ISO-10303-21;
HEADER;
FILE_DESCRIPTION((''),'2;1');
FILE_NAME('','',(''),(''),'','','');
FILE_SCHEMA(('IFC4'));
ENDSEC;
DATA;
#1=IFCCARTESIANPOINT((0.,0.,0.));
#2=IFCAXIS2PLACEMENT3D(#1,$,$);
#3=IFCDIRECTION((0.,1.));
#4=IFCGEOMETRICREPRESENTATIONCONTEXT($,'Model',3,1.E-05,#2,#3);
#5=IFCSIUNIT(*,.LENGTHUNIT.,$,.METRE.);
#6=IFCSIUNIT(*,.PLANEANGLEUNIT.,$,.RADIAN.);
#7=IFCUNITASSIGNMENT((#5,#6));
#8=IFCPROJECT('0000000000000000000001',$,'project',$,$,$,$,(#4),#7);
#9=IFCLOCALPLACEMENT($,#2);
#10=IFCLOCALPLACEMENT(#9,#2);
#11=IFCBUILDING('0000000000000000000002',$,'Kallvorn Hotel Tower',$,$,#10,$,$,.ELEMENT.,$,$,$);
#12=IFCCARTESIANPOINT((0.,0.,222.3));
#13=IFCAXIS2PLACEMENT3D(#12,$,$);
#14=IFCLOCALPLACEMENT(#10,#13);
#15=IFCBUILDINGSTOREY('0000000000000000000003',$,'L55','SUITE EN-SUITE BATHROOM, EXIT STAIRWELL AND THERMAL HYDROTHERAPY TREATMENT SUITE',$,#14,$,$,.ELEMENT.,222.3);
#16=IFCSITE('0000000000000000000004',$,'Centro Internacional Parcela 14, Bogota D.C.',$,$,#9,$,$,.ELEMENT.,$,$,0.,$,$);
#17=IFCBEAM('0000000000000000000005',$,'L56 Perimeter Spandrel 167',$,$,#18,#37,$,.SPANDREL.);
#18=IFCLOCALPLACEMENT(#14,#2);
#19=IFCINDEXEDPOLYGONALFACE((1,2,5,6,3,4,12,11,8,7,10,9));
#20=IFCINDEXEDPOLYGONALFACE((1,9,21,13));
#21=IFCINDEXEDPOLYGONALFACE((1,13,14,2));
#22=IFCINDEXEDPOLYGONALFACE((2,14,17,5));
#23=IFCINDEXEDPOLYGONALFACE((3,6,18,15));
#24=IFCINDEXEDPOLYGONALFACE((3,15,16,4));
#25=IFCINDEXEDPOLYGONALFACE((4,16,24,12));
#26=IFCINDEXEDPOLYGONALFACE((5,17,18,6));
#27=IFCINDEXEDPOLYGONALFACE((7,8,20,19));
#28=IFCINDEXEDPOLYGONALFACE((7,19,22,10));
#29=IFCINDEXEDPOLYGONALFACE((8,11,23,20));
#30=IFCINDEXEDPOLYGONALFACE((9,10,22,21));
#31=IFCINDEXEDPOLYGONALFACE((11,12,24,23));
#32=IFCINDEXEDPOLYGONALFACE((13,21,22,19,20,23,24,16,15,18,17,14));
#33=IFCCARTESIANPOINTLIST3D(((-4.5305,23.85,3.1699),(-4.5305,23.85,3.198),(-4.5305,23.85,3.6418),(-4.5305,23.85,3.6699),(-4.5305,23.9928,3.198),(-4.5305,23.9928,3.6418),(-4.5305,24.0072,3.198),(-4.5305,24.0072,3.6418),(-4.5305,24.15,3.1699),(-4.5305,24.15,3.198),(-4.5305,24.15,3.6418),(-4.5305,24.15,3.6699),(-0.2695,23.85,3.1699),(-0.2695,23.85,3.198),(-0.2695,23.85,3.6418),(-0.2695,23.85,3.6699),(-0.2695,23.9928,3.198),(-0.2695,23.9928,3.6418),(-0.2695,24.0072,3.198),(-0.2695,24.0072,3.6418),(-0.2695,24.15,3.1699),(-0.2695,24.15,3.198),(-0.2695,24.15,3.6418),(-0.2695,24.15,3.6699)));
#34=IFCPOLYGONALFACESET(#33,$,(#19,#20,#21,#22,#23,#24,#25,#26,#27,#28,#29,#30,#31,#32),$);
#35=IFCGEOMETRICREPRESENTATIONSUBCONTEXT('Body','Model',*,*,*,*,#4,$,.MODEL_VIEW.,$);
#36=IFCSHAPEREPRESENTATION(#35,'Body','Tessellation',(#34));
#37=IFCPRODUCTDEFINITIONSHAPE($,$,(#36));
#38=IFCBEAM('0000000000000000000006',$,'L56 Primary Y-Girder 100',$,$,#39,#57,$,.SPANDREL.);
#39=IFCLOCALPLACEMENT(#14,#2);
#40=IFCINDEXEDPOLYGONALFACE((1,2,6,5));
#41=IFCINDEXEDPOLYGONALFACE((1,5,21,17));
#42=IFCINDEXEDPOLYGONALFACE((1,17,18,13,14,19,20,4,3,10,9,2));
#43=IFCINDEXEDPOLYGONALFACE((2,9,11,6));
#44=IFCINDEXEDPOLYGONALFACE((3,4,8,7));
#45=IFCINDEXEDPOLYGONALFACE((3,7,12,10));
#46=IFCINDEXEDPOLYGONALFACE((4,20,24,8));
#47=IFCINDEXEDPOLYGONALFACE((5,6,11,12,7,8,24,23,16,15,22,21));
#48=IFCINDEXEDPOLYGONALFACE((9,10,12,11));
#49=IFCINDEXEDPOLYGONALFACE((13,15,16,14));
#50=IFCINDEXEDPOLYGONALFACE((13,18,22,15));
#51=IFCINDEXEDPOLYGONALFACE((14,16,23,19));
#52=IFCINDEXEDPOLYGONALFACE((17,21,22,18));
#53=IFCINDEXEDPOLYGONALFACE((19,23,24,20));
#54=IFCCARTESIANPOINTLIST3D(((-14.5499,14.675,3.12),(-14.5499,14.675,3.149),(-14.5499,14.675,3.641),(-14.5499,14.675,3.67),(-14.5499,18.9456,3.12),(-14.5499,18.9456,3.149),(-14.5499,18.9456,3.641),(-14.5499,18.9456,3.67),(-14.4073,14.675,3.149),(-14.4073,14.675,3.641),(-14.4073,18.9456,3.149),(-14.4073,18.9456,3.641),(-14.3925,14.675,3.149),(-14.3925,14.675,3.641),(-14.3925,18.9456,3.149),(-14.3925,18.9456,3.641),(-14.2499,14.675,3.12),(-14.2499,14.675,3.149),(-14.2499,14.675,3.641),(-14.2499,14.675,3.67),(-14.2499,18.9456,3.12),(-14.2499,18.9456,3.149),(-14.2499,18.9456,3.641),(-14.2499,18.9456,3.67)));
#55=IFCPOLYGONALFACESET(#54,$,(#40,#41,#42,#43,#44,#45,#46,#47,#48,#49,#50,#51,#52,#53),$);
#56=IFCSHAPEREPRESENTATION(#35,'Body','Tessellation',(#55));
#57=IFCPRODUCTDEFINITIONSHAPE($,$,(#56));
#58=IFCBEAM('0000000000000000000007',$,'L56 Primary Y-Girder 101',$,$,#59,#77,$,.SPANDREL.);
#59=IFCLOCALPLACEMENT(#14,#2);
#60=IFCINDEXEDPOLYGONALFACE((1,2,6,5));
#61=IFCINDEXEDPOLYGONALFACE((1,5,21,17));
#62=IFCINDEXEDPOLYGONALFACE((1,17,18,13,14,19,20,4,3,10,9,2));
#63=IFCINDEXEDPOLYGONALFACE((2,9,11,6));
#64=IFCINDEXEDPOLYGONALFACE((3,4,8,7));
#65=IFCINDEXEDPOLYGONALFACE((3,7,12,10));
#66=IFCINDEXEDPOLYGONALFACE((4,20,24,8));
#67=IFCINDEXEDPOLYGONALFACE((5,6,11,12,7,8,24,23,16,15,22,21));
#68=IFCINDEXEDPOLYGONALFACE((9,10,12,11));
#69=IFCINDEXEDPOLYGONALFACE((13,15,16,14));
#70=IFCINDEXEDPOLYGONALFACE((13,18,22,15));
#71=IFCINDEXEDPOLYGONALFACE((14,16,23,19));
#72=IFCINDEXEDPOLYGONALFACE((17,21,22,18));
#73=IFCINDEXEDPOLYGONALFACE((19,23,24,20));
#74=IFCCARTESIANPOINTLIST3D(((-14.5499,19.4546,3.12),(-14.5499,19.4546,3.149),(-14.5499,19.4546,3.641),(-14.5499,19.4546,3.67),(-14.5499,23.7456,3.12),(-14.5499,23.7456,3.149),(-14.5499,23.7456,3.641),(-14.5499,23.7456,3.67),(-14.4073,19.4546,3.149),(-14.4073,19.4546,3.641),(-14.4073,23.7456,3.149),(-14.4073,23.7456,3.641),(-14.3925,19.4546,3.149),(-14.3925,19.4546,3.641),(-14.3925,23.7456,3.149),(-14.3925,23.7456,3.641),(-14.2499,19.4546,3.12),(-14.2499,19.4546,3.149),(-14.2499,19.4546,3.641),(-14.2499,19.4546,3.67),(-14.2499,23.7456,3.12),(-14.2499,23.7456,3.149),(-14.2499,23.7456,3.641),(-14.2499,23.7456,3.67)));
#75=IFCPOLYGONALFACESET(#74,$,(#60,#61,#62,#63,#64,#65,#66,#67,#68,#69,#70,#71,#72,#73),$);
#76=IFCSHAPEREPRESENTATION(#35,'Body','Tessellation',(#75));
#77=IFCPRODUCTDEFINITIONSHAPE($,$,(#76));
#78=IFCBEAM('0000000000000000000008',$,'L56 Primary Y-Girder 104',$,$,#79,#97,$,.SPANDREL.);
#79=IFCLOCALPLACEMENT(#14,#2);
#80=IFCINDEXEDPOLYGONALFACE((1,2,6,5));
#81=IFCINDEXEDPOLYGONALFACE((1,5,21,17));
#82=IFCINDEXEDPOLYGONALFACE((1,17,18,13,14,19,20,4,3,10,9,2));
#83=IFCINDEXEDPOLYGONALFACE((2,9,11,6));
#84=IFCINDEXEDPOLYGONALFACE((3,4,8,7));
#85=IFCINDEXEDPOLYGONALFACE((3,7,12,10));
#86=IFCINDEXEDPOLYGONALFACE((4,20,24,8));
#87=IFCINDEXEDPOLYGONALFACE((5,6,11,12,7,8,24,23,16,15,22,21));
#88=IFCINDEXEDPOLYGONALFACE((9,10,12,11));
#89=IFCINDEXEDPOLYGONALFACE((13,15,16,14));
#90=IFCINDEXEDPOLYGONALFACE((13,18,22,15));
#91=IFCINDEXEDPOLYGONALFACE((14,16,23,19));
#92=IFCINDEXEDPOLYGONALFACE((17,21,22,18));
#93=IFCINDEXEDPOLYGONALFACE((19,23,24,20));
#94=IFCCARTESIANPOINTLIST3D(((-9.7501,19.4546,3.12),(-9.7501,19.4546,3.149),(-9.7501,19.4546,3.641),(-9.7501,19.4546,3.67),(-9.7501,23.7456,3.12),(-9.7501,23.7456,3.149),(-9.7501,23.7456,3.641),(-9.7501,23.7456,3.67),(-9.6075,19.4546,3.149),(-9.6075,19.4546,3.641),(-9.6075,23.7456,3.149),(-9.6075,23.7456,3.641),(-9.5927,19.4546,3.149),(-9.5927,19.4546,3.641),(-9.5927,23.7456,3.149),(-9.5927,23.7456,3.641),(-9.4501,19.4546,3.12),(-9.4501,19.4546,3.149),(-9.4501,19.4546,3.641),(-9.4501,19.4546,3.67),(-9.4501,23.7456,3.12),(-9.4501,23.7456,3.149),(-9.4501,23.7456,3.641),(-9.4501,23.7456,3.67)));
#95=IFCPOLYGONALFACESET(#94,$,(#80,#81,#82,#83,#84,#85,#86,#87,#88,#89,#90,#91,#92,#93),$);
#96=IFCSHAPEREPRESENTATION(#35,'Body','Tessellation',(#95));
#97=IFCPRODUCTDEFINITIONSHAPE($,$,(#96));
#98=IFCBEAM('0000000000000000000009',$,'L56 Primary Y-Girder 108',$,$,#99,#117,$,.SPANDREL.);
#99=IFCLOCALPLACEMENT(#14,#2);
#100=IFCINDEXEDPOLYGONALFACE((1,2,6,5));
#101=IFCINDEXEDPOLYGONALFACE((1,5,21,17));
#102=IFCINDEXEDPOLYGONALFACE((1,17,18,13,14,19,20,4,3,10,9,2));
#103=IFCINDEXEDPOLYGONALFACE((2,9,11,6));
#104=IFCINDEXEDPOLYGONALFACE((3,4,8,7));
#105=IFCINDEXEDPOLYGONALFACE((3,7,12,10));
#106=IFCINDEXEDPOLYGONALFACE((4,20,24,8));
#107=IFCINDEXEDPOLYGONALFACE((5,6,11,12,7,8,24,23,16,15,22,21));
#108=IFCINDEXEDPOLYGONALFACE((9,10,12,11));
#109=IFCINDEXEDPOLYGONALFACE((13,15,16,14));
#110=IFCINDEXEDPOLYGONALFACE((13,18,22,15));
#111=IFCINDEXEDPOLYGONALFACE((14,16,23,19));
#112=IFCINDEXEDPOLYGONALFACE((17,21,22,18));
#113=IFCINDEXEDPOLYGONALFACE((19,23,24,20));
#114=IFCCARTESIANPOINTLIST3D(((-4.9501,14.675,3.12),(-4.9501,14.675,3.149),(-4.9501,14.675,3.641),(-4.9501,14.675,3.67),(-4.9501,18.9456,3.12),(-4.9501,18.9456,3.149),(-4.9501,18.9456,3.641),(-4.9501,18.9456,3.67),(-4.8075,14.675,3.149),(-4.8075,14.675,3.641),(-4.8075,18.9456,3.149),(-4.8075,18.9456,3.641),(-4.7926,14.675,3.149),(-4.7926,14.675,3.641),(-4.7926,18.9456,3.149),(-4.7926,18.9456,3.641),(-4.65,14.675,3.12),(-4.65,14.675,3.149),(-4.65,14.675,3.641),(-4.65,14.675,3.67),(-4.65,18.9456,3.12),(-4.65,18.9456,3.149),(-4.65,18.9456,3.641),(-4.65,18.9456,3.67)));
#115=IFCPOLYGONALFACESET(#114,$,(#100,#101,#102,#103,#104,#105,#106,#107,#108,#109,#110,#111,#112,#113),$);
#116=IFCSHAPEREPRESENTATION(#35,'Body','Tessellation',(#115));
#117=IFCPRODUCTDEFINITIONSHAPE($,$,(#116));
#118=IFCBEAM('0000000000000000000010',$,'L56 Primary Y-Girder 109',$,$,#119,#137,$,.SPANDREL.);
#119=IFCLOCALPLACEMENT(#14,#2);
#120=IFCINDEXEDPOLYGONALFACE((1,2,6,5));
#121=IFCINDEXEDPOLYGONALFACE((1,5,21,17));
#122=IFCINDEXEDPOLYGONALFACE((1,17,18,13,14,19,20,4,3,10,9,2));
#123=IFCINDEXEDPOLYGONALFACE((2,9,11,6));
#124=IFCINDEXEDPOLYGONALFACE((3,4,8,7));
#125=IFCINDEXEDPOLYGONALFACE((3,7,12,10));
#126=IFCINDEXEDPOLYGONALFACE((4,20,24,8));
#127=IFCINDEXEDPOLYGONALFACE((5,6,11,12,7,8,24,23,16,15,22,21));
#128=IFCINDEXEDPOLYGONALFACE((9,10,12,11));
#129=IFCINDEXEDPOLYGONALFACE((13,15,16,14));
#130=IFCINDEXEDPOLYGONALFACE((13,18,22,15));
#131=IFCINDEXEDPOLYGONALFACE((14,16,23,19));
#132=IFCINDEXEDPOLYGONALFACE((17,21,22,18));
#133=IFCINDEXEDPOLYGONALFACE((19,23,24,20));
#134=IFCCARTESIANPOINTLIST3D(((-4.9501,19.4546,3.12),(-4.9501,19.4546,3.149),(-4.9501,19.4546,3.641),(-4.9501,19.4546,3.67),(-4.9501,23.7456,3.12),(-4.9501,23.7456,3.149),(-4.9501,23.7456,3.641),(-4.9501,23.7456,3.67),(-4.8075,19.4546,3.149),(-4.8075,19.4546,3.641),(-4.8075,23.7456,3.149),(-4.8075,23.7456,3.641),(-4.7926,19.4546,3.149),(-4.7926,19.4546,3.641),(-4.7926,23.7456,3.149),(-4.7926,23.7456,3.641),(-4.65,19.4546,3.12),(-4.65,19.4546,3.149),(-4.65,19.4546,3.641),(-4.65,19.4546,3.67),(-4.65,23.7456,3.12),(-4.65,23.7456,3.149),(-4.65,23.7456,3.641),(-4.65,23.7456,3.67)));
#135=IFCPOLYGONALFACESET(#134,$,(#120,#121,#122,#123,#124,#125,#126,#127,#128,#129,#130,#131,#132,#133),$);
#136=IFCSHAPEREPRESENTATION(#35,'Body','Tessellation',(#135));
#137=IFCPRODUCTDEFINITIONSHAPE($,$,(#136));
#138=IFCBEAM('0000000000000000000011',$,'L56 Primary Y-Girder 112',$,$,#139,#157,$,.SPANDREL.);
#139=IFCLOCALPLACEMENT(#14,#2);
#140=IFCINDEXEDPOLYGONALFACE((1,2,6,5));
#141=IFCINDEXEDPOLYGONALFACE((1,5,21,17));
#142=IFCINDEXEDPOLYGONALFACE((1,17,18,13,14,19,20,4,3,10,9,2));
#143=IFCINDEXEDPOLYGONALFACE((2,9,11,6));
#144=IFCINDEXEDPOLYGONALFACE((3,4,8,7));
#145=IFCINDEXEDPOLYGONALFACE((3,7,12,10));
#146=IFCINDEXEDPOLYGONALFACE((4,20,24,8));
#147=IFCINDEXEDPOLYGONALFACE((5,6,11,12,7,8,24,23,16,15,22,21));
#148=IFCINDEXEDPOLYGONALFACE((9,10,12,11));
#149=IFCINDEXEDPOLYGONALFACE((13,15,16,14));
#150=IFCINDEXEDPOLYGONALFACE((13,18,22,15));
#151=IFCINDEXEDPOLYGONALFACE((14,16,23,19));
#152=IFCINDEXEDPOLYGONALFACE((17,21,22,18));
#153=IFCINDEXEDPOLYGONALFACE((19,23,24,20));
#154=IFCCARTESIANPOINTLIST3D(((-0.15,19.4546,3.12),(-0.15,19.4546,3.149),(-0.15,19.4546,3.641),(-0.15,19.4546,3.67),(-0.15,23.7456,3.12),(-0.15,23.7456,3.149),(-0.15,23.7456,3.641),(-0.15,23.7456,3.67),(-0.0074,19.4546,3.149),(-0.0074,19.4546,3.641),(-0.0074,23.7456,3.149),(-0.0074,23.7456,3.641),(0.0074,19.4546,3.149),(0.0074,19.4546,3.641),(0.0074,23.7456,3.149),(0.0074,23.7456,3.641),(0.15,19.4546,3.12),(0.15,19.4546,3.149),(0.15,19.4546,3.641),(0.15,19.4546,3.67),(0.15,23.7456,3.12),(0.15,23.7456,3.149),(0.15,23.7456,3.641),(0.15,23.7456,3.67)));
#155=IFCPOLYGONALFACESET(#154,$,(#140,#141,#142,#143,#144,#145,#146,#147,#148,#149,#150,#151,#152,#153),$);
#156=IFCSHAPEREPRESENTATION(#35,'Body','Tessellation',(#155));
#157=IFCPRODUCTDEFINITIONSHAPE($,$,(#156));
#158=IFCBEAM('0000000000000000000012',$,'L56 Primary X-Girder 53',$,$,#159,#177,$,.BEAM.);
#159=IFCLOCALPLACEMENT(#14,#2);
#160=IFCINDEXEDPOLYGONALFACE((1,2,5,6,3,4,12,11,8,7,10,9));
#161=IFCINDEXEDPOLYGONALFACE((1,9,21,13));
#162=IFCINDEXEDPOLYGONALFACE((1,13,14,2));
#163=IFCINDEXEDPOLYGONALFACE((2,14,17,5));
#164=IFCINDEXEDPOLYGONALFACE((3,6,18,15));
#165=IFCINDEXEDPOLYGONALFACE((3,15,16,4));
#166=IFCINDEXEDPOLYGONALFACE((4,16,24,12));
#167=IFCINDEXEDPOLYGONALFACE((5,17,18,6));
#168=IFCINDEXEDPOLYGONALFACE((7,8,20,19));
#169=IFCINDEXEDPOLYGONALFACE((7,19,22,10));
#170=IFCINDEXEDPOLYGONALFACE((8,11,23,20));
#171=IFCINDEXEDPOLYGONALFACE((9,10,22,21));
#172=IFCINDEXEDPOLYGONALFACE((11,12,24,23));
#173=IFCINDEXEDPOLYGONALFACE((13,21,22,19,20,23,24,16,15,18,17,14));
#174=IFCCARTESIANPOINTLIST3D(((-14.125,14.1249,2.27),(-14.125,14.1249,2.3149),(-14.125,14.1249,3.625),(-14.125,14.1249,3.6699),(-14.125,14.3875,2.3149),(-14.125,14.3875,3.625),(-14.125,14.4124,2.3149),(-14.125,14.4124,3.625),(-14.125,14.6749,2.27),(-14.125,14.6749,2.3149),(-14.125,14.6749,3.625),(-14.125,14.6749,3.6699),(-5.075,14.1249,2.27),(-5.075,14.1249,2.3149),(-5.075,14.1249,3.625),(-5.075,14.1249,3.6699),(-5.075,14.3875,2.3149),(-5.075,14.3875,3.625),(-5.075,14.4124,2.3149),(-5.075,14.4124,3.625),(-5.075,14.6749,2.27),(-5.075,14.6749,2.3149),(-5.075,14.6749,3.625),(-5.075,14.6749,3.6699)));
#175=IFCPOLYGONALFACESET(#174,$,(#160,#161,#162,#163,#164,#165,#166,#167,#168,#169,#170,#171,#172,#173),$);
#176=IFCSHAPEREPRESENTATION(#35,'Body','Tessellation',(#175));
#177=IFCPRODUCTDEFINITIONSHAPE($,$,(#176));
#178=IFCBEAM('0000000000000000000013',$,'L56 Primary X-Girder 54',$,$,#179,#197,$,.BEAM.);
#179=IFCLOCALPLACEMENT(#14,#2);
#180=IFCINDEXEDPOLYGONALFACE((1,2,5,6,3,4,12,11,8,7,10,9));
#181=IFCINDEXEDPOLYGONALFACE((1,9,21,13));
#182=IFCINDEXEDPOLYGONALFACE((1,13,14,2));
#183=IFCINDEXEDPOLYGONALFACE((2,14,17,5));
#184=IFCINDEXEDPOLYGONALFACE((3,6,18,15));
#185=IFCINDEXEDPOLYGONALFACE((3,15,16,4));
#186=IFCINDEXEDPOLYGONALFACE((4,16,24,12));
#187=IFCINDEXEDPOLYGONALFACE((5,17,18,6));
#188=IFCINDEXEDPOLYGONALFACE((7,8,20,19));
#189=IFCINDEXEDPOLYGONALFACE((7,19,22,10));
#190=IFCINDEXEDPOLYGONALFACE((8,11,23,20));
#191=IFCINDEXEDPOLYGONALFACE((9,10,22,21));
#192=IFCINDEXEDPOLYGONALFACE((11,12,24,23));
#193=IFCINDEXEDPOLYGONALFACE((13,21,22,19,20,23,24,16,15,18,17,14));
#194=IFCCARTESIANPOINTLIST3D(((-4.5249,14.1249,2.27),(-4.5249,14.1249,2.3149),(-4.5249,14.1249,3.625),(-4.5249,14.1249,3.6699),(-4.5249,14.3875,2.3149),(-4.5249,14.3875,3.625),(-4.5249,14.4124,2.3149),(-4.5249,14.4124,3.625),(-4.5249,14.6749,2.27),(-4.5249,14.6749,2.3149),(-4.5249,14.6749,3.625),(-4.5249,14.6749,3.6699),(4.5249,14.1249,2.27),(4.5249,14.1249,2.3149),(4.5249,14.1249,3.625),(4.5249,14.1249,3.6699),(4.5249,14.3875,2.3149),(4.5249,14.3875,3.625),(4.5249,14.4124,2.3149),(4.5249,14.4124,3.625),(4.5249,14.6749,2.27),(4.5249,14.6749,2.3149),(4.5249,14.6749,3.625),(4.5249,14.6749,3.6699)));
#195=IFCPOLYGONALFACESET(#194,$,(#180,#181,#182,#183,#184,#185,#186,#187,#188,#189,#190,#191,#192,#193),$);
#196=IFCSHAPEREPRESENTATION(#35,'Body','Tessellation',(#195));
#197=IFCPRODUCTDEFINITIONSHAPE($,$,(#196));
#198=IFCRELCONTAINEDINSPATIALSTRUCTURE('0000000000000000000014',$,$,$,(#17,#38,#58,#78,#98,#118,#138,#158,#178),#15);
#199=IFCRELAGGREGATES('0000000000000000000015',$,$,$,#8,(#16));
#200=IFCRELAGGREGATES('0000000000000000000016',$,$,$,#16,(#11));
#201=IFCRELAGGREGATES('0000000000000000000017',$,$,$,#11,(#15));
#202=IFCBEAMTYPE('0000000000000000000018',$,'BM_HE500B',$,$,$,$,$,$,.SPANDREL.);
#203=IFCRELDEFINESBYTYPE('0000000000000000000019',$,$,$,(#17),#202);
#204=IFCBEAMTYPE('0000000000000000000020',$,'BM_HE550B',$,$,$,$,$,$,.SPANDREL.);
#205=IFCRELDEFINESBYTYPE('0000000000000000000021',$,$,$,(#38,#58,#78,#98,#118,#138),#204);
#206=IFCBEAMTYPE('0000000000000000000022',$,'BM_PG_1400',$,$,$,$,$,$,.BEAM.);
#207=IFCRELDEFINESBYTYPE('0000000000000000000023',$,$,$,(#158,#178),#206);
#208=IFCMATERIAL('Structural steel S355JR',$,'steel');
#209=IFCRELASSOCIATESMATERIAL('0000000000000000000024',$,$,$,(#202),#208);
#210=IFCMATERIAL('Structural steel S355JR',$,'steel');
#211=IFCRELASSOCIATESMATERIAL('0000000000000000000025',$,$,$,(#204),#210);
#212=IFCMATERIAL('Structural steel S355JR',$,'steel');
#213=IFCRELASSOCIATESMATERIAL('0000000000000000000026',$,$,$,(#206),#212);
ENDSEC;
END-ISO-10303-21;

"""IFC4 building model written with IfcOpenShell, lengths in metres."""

from ifc_helpers import new_model, si_unit, direction, frame, origin, origin_2d, place, context, subcontext, project, spatial, i_section, extrude, material, material_profile, profile_set, type_object, element, save


model = new_model("IFC4")

# Units and contexts
model_context = context("Model", 3, precision=1e-05, world=origin(), true_north=direction((0.0, 1.0)))
body_context = subcontext(model_context, "Body", "Model", "MODEL_VIEW")
ifc_project = project(units=[si_unit("LENGTHUNIT", "METRE"), si_unit("PLANEANGLEUNIT", "RADIAN")], contexts=[model_context])

# Site, building, storey
site_placement = place(None, origin())
site = spatial("IfcSite", under=ifc_project, at=site_placement, Name="Centro Internacional Parcela 14, Bogota D.C.", CompositionType="ELEMENT", RefElevation=0.0)
building_placement = place(site_placement, origin())
building = spatial("IfcBuilding", under=site, at=building_placement, Name="Kallvorn Hotel Tower", CompositionType="ELEMENT")
storey_placement = place(building_placement, frame((0.0, 0.0, 222.3)))
storey = spatial("IfcBuildingStorey", under=building, at=storey_placement, Name="L55", Description="SUITE EN-SUITE BATHROOM, EXIT STAIRWELL AND THERMAL HYDROTHERAPY TREATMENT SUITE", CompositionType="ELEMENT", Elevation=222.3)

# Beams
ifc_material_1 = material(Name="Structural steel S355JR", Category="steel")
ifc_material_profile_1 = material_profile(ifc_material_1, i_section(OverallWidth=0.3, OverallDepth=0.5, WebThickness=0.0144, FlangeThickness=0.0281, at=origin_2d()), Name="HE 500 B")
ifc_profile_set_1 = profile_set([ifc_material_profile_1], Name="Structural steel S355JR")
beam_type_1 = type_object("IfcBeamType", Name="BM_HE500B", PredefinedType="SPANDREL", material=ifc_profile_set_1)
for number, where, z_axis, x_axis, name in (
    (1, (-4.5305, 24.0, 3.4199), (1.0, 0.0, 0.0), (0.0, 1.0, 0.0), "L56 Perimeter Spandrel 167"),
):
    element("IfcBeam", number, at=place(storey_placement, frame(where, z_axis=z_axis, x_axis=x_axis)), inside=storey, type_object=beam_type_1, Name=name, PredefinedType="SPANDREL", context=body_context, shape_type="SweptSolid", body=[
        extrude(i_section(OverallWidth=0.3, OverallDepth=0.5, WebThickness=0.0144, FlangeThickness=0.0281, at=origin_2d()), origin(), (0.0, 0.0, 1.0), 4.261),
    ])
ifc_material_2 = material(Name="Structural steel S355JR", Category="steel")
ifc_material_profile_2 = material_profile(ifc_material_2, i_section(OverallWidth=0.3, OverallDepth=0.55, WebThickness=0.0149, FlangeThickness=0.0291, at=origin_2d()), Name="HE 550 B")
ifc_profile_set_2 = profile_set([ifc_material_profile_2], Name="Structural steel S355JR")
beam_type_2 = type_object("IfcBeamType", Name="BM_HE550B", PredefinedType="SPANDREL", material=ifc_profile_set_2)
beam_1_placement = place(storey_placement, frame((-14.3999, 14.675, 3.395), z_axis=(0.0, 1.0, 0.0), x_axis=(-1.0, 0.0, 0.0)))
element("IfcBeam", 2, at=beam_1_placement, inside=storey, type_object=beam_type_2, Name="L56 Primary Y-Girder 100", PredefinedType="SPANDREL", context=body_context, shape_type="SweptSolid", body=[
    extrude(i_section(OverallWidth=0.3, OverallDepth=0.55, WebThickness=0.0149, FlangeThickness=0.0291, at=origin_2d()), origin(), (0.0, 0.0, 1.0), 4.2705),
])
for number, where, z_axis, x_axis, name in (
    (3, (-14.3999, 19.4546, 3.395), (0.0, 1.0, 0.0), (-1.0, 0.0, 0.0), "L56 Primary Y-Girder 101"),
    (4, (-9.6001, 19.4546, 3.395), (0.0, 1.0, 0.0), (-1.0, 0.0, 0.0), "L56 Primary Y-Girder 104"),
):
    element("IfcBeam", number, at=place(storey_placement, frame(where, z_axis=z_axis, x_axis=x_axis)), inside=storey, type_object=beam_type_2, Name=name, PredefinedType="SPANDREL", context=body_context, shape_type="SweptSolid", body=[
        extrude(i_section(OverallWidth=0.3, OverallDepth=0.55, WebThickness=0.0149, FlangeThickness=0.0291, at=origin_2d()), origin(), (0.0, 0.0, 1.0), 4.291),
    ])
beam_2_placement = place(storey_placement, frame((-4.8, 14.675, 3.395), z_axis=(0.0, 1.0, 0.0), x_axis=(-1.0, 0.0, 0.0)))
element("IfcBeam", 5, at=beam_2_placement, inside=storey, type_object=beam_type_2, Name="L56 Primary Y-Girder 108", PredefinedType="SPANDREL", context=body_context, shape_type="SweptSolid", body=[
    extrude(i_section(OverallWidth=0.3, OverallDepth=0.55, WebThickness=0.0149, FlangeThickness=0.0291, at=origin_2d()), origin(), (0.0, 0.0, 1.0), 4.2705),
])
for number, where, z_axis, x_axis, name in (
    (6, (-4.8, 19.4546, 3.395), (0.0, 1.0, 0.0), (-1.0, 0.0, 0.0), "L56 Primary Y-Girder 109"),
    (7, (0.0, 19.4546, 3.395), (0.0, 1.0, 0.0), (-1.0, 0.0, 0.0), "L56 Primary Y-Girder 112"),
):
    element("IfcBeam", number, at=place(storey_placement, frame(where, z_axis=z_axis, x_axis=x_axis)), inside=storey, type_object=beam_type_2, Name=name, PredefinedType="SPANDREL", context=body_context, shape_type="SweptSolid", body=[
        extrude(i_section(OverallWidth=0.3, OverallDepth=0.55, WebThickness=0.0149, FlangeThickness=0.0291, at=origin_2d()), origin(), (0.0, 0.0, 1.0), 4.291),
    ])
ifc_material_3 = material(Name="Structural steel S355JR", Category="steel")
ifc_material_profile_3 = material_profile(ifc_material_3, i_section(OverallWidth=0.55, OverallDepth=1.3999, WebThickness=0.0249, FlangeThickness=0.0449, at=origin_2d()), Name="PG 1400x550x25x45")
ifc_profile_set_3 = profile_set([ifc_material_profile_3], Name="Structural steel S355JR")
beam_type_3 = type_object("IfcBeamType", Name="BM_PG_1400", PredefinedType="BEAM", material=ifc_profile_set_3)
beam_3_placement = place(storey_placement, frame((-14.125, 14.3999, 2.97), z_axis=(1.0, 0.0, 0.0), x_axis=(0.0, 1.0, 0.0)))
element("IfcBeam", 8, at=beam_3_placement, inside=storey, type_object=beam_type_3, Name="L56 Primary X-Girder 53", PredefinedType="BEAM", context=body_context, shape_type="SweptSolid", body=[
    extrude(i_section(OverallWidth=0.55, OverallDepth=1.3999, WebThickness=0.0249, FlangeThickness=0.0449, at=origin_2d()), origin(), (0.0, 0.0, 1.0), 9.05),
])
beam_4_placement = place(storey_placement, frame((-4.5249, 14.3999, 2.97), z_axis=(1.0, 0.0, 0.0), x_axis=(0.0, 1.0, 0.0)))
element("IfcBeam", 9, at=beam_4_placement, inside=storey, type_object=beam_type_3, Name="L56 Primary X-Girder 54", PredefinedType="BEAM", context=body_context, shape_type="SweptSolid", body=[
    extrude(i_section(OverallWidth=0.55, OverallDepth=1.3999, WebThickness=0.0249, FlangeThickness=0.0449, at=origin_2d()), origin(), (0.0, 0.0, 1.0), 9.0498),
])

save(model, "model.ifc")
